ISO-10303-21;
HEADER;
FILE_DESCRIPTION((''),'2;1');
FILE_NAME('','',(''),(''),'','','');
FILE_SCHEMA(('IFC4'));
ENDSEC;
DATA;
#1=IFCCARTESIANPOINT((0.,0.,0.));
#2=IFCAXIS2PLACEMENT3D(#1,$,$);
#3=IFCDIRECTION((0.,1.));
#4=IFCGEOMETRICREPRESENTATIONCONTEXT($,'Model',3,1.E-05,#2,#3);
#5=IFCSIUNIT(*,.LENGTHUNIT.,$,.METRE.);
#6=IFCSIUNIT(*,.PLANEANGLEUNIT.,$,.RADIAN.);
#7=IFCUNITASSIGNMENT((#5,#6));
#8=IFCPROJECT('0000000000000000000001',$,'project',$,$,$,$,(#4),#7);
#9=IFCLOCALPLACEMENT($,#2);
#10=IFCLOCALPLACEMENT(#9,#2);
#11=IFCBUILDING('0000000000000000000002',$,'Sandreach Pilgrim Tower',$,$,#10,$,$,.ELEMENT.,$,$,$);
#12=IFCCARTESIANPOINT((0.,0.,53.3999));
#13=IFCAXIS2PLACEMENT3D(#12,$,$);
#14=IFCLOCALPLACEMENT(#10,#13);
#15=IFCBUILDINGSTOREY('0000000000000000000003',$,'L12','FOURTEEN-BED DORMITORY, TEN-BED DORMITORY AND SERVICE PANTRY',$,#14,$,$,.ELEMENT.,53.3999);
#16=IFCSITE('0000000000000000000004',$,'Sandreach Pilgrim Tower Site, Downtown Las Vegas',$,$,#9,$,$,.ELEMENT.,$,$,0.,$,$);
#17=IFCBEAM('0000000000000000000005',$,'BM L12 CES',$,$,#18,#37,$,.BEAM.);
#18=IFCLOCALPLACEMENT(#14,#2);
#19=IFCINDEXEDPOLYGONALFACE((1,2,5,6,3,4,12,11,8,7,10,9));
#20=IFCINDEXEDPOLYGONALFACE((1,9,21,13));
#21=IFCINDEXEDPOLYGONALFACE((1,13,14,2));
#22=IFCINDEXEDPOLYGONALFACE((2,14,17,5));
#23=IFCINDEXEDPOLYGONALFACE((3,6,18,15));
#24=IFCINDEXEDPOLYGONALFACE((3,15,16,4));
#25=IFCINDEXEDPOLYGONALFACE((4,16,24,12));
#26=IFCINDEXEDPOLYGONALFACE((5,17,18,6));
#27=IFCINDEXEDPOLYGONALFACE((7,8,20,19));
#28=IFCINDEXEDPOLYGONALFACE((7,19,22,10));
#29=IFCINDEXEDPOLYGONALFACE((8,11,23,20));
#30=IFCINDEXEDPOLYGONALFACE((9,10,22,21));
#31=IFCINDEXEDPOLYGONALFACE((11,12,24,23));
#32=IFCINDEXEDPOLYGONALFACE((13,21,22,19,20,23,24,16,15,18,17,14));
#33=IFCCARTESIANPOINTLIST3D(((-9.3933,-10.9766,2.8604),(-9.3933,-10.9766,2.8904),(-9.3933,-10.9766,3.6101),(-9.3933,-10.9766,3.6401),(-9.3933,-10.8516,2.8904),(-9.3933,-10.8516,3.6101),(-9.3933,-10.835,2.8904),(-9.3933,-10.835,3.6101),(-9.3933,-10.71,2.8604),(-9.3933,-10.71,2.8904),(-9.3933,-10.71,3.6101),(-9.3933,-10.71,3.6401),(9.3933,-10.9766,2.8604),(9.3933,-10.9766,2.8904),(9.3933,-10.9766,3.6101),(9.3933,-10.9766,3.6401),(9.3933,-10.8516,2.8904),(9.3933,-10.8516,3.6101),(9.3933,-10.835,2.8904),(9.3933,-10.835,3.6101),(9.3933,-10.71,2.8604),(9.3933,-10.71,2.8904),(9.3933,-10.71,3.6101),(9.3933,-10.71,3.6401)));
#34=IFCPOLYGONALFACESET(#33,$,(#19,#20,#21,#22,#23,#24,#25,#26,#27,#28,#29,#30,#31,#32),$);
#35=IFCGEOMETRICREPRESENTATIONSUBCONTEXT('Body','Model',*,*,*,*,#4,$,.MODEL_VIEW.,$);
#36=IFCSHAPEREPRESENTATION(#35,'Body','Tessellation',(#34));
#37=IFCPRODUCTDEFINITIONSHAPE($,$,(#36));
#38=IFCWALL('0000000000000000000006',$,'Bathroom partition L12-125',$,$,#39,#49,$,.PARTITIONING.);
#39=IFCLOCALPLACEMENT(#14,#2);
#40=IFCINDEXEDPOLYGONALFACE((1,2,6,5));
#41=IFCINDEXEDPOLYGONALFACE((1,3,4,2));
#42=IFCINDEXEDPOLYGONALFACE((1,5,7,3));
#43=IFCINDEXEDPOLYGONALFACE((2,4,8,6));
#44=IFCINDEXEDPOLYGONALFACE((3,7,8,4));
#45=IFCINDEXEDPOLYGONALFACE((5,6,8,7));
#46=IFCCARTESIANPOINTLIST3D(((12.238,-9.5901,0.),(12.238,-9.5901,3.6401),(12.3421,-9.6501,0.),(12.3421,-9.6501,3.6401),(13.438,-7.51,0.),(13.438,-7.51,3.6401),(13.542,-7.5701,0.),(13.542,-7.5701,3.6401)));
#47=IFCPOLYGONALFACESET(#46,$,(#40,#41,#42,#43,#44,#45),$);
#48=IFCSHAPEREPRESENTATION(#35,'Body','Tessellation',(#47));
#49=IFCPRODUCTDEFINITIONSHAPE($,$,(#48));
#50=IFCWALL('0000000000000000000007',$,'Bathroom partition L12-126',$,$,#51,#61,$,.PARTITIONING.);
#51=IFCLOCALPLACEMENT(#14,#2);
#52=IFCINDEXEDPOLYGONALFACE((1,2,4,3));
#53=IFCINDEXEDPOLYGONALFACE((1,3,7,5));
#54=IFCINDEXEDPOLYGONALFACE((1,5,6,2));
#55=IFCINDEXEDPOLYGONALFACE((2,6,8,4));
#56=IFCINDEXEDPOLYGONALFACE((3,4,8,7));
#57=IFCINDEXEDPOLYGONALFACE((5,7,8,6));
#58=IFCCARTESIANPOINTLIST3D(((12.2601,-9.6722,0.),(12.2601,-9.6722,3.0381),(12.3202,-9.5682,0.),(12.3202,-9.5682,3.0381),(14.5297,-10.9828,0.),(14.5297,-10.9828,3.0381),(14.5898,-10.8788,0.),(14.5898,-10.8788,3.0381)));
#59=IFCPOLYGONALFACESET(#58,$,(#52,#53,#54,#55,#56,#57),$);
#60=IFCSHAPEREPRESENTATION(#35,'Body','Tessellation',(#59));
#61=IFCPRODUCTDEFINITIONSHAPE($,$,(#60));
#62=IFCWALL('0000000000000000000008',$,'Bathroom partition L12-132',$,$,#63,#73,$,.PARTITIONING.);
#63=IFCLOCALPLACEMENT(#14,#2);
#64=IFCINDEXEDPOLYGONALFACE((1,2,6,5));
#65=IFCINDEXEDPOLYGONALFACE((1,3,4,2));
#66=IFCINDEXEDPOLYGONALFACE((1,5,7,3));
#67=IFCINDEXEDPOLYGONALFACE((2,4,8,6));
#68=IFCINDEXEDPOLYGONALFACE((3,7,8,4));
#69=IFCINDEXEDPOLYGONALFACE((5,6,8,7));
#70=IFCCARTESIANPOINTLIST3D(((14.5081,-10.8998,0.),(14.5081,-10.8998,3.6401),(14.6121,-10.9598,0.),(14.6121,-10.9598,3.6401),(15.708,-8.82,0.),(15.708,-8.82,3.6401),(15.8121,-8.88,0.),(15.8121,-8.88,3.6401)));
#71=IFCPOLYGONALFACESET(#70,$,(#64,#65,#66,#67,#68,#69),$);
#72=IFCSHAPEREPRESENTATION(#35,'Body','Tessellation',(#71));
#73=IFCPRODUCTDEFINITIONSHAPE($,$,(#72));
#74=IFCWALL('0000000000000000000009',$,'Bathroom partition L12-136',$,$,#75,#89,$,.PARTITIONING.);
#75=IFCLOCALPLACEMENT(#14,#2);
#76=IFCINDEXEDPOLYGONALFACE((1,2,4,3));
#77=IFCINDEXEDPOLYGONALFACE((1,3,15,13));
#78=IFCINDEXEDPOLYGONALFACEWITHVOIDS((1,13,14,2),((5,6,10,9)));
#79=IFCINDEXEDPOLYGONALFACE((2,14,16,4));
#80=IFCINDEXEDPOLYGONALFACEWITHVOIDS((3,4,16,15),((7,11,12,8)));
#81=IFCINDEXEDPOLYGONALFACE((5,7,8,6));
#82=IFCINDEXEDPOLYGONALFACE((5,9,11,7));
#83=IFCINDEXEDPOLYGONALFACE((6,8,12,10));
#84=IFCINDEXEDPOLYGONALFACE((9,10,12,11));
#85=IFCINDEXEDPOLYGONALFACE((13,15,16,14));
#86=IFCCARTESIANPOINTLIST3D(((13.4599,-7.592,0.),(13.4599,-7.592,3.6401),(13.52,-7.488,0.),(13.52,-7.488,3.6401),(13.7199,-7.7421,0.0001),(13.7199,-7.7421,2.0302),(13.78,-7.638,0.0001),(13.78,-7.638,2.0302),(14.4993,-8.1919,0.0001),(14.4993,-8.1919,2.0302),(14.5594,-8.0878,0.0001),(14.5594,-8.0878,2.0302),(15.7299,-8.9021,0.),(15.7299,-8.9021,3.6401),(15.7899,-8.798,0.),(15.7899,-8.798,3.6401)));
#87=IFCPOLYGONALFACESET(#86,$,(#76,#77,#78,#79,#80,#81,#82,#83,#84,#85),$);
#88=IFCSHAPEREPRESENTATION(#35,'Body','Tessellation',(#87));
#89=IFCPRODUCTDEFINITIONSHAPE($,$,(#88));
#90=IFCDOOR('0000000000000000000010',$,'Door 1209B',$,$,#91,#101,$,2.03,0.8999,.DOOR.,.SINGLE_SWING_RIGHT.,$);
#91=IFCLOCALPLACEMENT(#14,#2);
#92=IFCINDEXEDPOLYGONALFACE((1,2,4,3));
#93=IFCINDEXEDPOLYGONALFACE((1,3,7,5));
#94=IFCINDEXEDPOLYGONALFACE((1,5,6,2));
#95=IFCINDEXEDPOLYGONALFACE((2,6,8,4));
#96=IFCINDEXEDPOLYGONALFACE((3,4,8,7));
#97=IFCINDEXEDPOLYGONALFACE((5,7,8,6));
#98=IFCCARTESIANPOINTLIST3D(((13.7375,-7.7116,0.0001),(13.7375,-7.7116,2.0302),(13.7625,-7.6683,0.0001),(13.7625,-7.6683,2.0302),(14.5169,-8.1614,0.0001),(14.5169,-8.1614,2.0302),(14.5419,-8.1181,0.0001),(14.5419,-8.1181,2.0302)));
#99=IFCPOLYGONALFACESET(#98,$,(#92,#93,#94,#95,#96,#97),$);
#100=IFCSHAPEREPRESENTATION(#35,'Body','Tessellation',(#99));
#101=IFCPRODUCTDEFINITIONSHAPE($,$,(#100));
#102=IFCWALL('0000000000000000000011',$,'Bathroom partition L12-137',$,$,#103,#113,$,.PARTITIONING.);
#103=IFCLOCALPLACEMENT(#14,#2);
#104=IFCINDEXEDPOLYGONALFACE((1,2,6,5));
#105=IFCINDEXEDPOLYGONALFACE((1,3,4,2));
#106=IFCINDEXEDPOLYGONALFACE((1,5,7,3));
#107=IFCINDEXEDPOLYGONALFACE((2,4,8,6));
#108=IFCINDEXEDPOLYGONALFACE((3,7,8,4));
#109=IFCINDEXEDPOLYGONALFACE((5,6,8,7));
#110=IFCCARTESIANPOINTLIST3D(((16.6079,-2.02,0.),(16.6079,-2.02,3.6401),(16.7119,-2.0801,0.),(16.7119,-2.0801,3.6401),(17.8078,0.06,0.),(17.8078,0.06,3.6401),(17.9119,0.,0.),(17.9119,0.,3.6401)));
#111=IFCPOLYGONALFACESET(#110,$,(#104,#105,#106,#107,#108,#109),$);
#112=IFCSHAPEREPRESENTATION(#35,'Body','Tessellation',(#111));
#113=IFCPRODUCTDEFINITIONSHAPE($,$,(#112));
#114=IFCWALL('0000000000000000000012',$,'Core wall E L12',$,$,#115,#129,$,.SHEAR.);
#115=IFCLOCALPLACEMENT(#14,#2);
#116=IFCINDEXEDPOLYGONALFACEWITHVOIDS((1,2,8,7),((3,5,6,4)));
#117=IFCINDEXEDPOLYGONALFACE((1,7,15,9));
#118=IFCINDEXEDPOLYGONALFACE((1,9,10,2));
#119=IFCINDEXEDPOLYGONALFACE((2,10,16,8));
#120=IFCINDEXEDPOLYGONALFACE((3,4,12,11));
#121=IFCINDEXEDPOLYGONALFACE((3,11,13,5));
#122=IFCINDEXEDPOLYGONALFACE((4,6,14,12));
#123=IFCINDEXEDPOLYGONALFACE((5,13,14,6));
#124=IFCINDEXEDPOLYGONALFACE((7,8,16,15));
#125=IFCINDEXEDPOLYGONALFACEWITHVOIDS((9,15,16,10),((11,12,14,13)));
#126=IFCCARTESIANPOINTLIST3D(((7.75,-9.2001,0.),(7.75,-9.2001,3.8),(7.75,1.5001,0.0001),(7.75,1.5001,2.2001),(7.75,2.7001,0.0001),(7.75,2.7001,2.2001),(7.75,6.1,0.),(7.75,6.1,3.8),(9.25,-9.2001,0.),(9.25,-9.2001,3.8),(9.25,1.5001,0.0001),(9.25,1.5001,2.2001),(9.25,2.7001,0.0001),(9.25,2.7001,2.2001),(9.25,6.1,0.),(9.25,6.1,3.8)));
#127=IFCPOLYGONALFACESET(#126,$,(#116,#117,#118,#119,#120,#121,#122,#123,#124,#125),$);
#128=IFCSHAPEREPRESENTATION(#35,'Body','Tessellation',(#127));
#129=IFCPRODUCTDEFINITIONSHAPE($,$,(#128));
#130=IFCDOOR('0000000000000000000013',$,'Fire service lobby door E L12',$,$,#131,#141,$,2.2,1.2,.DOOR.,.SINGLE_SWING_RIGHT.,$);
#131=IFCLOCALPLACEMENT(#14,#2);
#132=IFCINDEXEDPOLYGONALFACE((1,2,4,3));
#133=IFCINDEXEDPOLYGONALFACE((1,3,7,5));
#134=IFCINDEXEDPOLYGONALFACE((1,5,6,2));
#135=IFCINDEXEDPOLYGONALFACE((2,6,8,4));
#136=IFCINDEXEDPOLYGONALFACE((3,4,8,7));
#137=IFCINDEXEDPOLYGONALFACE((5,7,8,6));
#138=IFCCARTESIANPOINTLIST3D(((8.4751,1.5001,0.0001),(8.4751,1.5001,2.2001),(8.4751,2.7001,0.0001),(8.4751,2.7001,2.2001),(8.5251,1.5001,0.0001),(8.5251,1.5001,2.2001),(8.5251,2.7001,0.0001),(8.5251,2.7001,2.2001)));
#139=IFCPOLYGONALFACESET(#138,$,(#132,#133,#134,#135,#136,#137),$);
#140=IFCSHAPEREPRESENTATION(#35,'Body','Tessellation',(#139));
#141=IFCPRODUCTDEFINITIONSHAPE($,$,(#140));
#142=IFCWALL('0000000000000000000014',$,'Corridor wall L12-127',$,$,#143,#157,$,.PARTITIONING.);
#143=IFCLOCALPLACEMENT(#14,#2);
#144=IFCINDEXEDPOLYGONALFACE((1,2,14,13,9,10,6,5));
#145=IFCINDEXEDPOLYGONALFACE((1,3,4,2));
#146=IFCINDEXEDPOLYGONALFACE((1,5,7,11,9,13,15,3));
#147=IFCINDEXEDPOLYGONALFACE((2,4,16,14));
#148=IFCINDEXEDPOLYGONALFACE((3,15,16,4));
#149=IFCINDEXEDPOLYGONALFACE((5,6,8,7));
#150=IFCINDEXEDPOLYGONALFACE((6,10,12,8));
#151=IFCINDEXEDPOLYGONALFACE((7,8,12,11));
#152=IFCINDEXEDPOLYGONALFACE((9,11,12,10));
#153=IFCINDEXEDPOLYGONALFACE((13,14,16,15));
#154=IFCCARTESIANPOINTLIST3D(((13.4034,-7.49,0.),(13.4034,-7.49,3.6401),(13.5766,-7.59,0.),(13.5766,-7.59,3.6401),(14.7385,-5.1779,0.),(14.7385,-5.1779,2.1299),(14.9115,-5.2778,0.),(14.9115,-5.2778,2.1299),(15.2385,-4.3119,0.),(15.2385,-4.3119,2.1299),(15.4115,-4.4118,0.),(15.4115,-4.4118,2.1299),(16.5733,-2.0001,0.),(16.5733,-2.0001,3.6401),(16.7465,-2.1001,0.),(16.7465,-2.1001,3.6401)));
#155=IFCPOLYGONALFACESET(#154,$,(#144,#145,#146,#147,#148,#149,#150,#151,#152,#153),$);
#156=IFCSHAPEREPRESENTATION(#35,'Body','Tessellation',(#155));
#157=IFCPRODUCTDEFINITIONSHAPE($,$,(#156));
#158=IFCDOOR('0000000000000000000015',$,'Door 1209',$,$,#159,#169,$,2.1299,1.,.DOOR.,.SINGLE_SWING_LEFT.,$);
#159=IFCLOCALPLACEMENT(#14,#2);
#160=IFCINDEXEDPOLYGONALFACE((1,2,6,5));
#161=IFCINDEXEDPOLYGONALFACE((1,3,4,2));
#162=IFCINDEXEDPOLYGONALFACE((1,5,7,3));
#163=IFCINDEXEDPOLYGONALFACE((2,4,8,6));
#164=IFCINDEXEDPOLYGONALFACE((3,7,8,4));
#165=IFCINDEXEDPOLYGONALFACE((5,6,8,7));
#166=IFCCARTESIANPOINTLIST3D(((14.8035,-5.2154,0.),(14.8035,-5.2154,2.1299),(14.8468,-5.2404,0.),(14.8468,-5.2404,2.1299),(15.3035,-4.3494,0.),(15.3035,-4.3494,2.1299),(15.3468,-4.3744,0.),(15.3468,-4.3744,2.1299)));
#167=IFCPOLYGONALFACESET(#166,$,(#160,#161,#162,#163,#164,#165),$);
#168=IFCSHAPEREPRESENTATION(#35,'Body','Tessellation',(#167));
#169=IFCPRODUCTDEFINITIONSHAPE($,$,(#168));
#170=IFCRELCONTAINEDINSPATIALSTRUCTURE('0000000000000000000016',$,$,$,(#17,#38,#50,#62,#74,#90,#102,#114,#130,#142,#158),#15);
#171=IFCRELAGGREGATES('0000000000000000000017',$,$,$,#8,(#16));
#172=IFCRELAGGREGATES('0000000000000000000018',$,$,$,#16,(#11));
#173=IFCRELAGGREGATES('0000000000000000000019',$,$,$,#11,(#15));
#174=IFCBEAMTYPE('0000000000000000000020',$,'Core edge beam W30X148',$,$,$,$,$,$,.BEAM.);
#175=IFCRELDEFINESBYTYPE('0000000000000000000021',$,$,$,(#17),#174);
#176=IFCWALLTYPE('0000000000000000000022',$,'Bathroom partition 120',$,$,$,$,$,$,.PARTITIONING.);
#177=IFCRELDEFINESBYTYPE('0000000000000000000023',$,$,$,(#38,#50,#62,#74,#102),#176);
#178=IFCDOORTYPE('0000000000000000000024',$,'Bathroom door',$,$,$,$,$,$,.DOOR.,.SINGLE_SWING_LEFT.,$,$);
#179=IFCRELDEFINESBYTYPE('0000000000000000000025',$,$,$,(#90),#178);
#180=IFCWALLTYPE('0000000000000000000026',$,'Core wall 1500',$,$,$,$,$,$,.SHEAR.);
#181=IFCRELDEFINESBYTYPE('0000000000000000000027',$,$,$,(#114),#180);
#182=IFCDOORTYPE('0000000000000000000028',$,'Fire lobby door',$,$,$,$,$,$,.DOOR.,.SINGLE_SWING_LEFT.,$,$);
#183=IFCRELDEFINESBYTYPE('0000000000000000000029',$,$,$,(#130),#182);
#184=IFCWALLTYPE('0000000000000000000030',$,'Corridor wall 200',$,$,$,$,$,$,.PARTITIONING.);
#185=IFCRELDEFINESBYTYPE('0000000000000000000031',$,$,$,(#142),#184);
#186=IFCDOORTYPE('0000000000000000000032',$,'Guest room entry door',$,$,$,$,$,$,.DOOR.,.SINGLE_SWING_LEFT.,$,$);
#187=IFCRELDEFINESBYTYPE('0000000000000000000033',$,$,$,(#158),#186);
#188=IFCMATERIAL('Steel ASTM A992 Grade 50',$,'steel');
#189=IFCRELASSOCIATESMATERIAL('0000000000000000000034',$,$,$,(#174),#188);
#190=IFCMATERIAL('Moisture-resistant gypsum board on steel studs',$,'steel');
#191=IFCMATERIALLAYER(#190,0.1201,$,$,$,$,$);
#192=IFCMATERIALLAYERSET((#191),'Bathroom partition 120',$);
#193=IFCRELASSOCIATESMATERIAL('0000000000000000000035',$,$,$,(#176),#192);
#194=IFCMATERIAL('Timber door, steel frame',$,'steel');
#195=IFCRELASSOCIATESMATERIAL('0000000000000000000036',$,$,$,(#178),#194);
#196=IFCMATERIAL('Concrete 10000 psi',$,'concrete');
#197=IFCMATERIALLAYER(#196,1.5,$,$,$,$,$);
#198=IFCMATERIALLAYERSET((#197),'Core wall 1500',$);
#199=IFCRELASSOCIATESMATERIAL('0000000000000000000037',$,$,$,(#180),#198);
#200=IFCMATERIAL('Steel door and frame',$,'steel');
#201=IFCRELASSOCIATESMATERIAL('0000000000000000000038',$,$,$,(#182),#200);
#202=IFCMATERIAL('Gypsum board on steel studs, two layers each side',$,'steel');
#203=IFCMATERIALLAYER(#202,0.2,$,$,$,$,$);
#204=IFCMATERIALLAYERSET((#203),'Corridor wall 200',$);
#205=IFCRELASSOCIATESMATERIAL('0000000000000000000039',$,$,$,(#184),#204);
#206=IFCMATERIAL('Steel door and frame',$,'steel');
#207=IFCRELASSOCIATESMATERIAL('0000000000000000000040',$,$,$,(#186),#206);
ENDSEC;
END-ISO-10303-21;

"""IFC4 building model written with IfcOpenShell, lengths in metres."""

from ifc_helpers import new_model, si_unit, direction, frame, frame_2d, origin, origin_2d, place, context, subcontext, project, spatial, rectangle, i_section, extrude, material, layer, layer_set, material_profile, profile_set, type_object, element, fill, save


model = new_model("IFC4")

# Units and contexts
model_context = context("Model", 3, precision=1e-05, world=origin(), true_north=direction((0.0, 1.0)))
body_context = subcontext(model_context, "Body", "Model", "MODEL_VIEW")
ifc_project = project(units=[si_unit("LENGTHUNIT", "METRE"), si_unit("PLANEANGLEUNIT", "RADIAN")], contexts=[model_context])

# Site, building, storey
site_placement = place(None, origin())
site = spatial("IfcSite", under=ifc_project, at=site_placement, Name="Sandreach Pilgrim Tower Site, Downtown Las Vegas", CompositionType="ELEMENT", RefElevation=0.0)
building_placement = place(site_placement, origin())
building = spatial("IfcBuilding", under=site, at=building_placement, Name="Sandreach Pilgrim Tower", CompositionType="ELEMENT")
storey_placement = place(building_placement, frame((0.0, 0.0, 53.3999)))
storey = spatial("IfcBuildingStorey", under=building, at=storey_placement, Name="L12", Description="FOURTEEN-BED DORMITORY, TEN-BED DORMITORY AND SERVICE PANTRY", CompositionType="ELEMENT", Elevation=53.3999)

# Beam
ifc_material_1 = material(Name="Steel ASTM A992 Grade 50", Category="steel")
ifc_material_profile = material_profile(ifc_material_1, i_section(OverallWidth=0.2666, OverallDepth=0.7798, WebThickness=0.0166, FlangeThickness=0.03, at=origin_2d()), Name="W30X148")
ifc_profile_set = profile_set([ifc_material_profile], Name="Steel ASTM A992 Grade 50")
beam_type = type_object("IfcBeamType", Name="Core edge beam W30X148", PredefinedType="BEAM", material=ifc_profile_set)
beam_placement = place(storey_placement, frame((9.3933, -10.8433, 3.2502), z_axis=(-1.0, 0.0, 0.0), x_axis=(0.0, -1.0, 0.0)))
element("IfcBeam", 1, at=beam_placement, inside=storey, type_object=beam_type, Name="BM L12 CES", PredefinedType="BEAM", context=body_context, shape_type="SweptSolid", body=[
    extrude(i_section(OverallWidth=0.2666, OverallDepth=0.7798, WebThickness=0.0166, FlangeThickness=0.03, at=origin_2d()), origin(), (0.0, 0.0, 1.0), 18.7866),
])

# Walls
ifc_material_2 = material(Name="Moisture-resistant gypsum board on steel studs", Category="steel")
ifc_layer_1 = layer(ifc_material_2, 0.1201)
ifc_layer_set_1 = layer_set([ifc_layer_1], Name="Bathroom partition 120")
wall_type_1 = type_object("IfcWallType", Name="Bathroom partition 120", PredefinedType="PARTITIONING", material=ifc_layer_set_1)
wall_1_placement = place(storey_placement, frame((12.29, -9.6201, 0.0), z_axis=(0.0, 0.0, 1.0), x_axis=(0.499693, 0.866203, 0.0)))
element("IfcWall", 2, at=wall_1_placement, inside=storey, type_object=wall_type_1, Name="Bathroom partition L12-125", PredefinedType="PARTITIONING", context=body_context, shape_type="SweptSolid", body=[
    extrude(rectangle(XDim=2.4014, YDim=0.1201, at=frame_2d((1.2007, 0.0))), origin(), (0.0, 0.0, 1.0), 3.6401),
])
wall_2_placement = place(storey_placement, frame((12.29, -9.6201, 0.0), z_axis=(0.0, 0.0, 1.0), x_axis=(0.865987, -0.500067, 0.0)))
element("IfcWall", 3, at=wall_2_placement, inside=storey, type_object=wall_type_1, Name="Bathroom partition L12-126", PredefinedType="PARTITIONING", context=body_context, shape_type="SweptSolid", body=[
    extrude(rectangle(XDim=2.6208, YDim=0.1201, at=frame_2d((1.3105, 0.0))), origin(), (0.0, 0.0, 1.0), 3.0381),
])
wall_3_placement = place(storey_placement, frame((14.5601, -10.9299, 0.0), z_axis=(0.0, 0.0, 1.0), x_axis=(0.499737, 0.866177, 0.0)))
element("IfcWall", 4, at=wall_3_placement, inside=storey, type_object=wall_type_1, Name="Bathroom partition L12-132", PredefinedType="PARTITIONING", context=body_context, shape_type="SweptSolid", body=[
    extrude(rectangle(XDim=2.4011, YDim=0.1201, at=frame_2d((1.2007, 0.0))), origin(), (0.0, 0.0, 1.0), 3.6401),
])

# Wall, opening, door
wall_4_placement = place(storey_placement, frame((15.76, -8.8501, 0.0), z_axis=(0.0, 0.0, 1.0), x_axis=(-0.866114, 0.499846, 0.0)))
wall_4 = element("IfcWall", 5, at=wall_4_placement, inside=storey, type_object=wall_type_1, Name="Bathroom partition L12-136", PredefinedType="PARTITIONING", context=body_context, shape_type="SweptSolid", body=[
    extrude(rectangle(XDim=2.6208, YDim=0.1201, at=frame_2d((1.3105, 0.0))), origin(), (0.0, 0.0, 1.0), 3.6401),
])
opening_1_placement = place(wall_4_placement, frame((1.4209, 0.0, 0.0)))
opening_1 = element("IfcOpeningElement", 6, at=opening_1_placement, cuts=wall_4, PredefinedType="OPENING", context=body_context, shape_type="SweptSolid", body=[
    extrude(rectangle(XDim=0.8999, YDim=2.03, at=frame_2d((0.45, 1.0151))), frame((0.0, 0.0601, 0.0), z_axis=(0.0, -1.0, 0.0), x_axis=(1.0, 0.0, 0.0)), (0.0, 0.0, 1.0), 0.1201),
])
ifc_material_3 = material(Name="Timber door, steel frame", Category="steel")
door_type_1 = type_object("IfcDoorType", Name="Bathroom door", OperationType="SINGLE_SWING_LEFT", PredefinedType="DOOR", material=ifc_material_3)
door_1_placement = place(opening_1_placement, origin())
door_1 = element("IfcDoor", 7, at=door_1_placement, inside=storey, type_object=door_type_1, Name="Door 1209B", OperationType="SINGLE_SWING_RIGHT", OverallHeight=2.03, OverallWidth=0.8999, PredefinedType="DOOR", context=body_context, shape_type="SweptSolid", body=[
    extrude(rectangle(XDim=0.8999, YDim=2.03, at=frame_2d((0.45, 1.0151))), frame((0.0, 0.0249, 0.0), z_axis=(0.0, -1.0, 0.0), x_axis=(1.0, 0.0, 0.0)), (0.0, 0.0, 1.0), 0.05),
])
fill(opening_1, door_1)

# Wall
wall_5_placement = place(storey_placement, frame((16.6599, -2.05, 0.0), z_axis=(0.0, 0.0, 1.0), x_axis=(0.499693, 0.866203, 0.0)))
element("IfcWall", 8, at=wall_5_placement, inside=storey, type_object=wall_type_1, Name="Bathroom partition L12-137", PredefinedType="PARTITIONING", context=body_context, shape_type="SweptSolid", body=[
    extrude(rectangle(XDim=2.4014, YDim=0.1201, at=frame_2d((1.2007, 0.0))), origin(), (0.0, 0.0, 1.0), 3.6401),
])

# Walls, openings, doors
ifc_material_4 = material(Name="Concrete 10000 psi", Category="concrete")
ifc_layer_2 = layer(ifc_material_4, 1.5)
ifc_layer_set_2 = layer_set([ifc_layer_2], Name="Core wall 1500")
wall_type_2 = type_object("IfcWallType", Name="Core wall 1500", PredefinedType="SHEAR", material=ifc_layer_set_2)
wall_6_placement = place(storey_placement, frame((8.5, -9.2, 0.0), z_axis=(0.0, 0.0, 1.0), x_axis=(0.0, 1.0, 0.0)))
wall_6 = element("IfcWall", 9, at=wall_6_placement, inside=storey, type_object=wall_type_2, Name="Core wall E L12", PredefinedType="SHEAR", context=body_context, shape_type="SweptSolid", body=[
    extrude(rectangle(XDim=15.3, YDim=1.5, at=frame_2d((7.6499, 0.0))), origin(), (0.0, 0.0, 1.0), 3.8),
])
opening_2_placement = place(wall_6_placement, frame((10.7, 0.0, 0.0)))
opening_2 = element("IfcOpeningElement", 10, at=opening_2_placement, cuts=wall_6, PredefinedType="OPENING", context=body_context, shape_type="SweptSolid", body=[
    extrude(rectangle(XDim=1.2, YDim=2.2, at=frame_2d((0.6001, 1.1001))), frame((0.0, 0.75, 0.0), z_axis=(0.0, -1.0, 0.0), x_axis=(1.0, 0.0, 0.0)), (0.0, 0.0, 1.0), 1.5),
])
ifc_material_5 = material(Name="Steel door and frame", Category="steel")
door_type_2 = type_object("IfcDoorType", Name="Fire lobby door", OperationType="SINGLE_SWING_LEFT", PredefinedType="DOOR", material=ifc_material_5)
door_2_placement = place(opening_2_placement, origin())
door_2 = element("IfcDoor", 11, at=door_2_placement, inside=storey, type_object=door_type_2, Name="Fire service lobby door E L12", OperationType="SINGLE_SWING_RIGHT", OverallHeight=2.2, OverallWidth=1.2, PredefinedType="DOOR", context=body_context, shape_type="SweptSolid", body=[
    extrude(rectangle(XDim=1.2, YDim=2.2, at=frame_2d((0.6001, 1.1001))), frame((0.0, 0.0249, 0.0), z_axis=(0.0, -1.0, 0.0), x_axis=(1.0, 0.0, 0.0)), (0.0, 0.0, 1.0), 0.05),
])
fill(opening_2, door_2)
ifc_material_6 = material(Name="Gypsum board on steel studs, two layers each side", Category="steel")
ifc_layer_3 = layer(ifc_material_6, 0.2)
ifc_layer_set_3 = layer_set([ifc_layer_3], Name="Corridor wall 200")
wall_type_3 = type_object("IfcWallType", Name="Corridor wall 200", PredefinedType="PARTITIONING", material=ifc_layer_set_3)
wall_7_placement = place(storey_placement, frame((13.49, -7.54, 0.0), z_axis=(0.0, 0.0, 1.0), x_axis=(0.500032, 0.866007, 0.0)))
wall_7 = element("IfcWall", 12, at=wall_7_placement, inside=storey, type_object=wall_type_3, Name="Corridor wall L12-127", PredefinedType="PARTITIONING", context=body_context, shape_type="SweptSolid", body=[
    extrude(rectangle(XDim=6.3394, YDim=0.2, at=frame_2d((3.1697, 0.0))), origin(), (0.0, 0.0, 1.0), 3.6401),
])
opening_3_placement = place(wall_7_placement, frame((2.6699, 0.0, 0.0)))
opening_3 = element("IfcOpeningElement", 13, at=opening_3_placement, cuts=wall_7, PredefinedType="OPENING", context=body_context, shape_type="SweptSolid", body=[
    extrude(rectangle(XDim=1.0, YDim=2.1299, at=frame_2d((0.5, 1.0649))), frame((0.0, 0.1001, 0.0), z_axis=(0.0, -1.0, 0.0), x_axis=(1.0, 0.0, 0.0)), (0.0, 0.0, 1.0), 0.2),
])
ifc_material_7 = material(Name="Steel door and frame", Category="steel")
door_type_3 = type_object("IfcDoorType", Name="Guest room entry door", OperationType="SINGLE_SWING_LEFT", PredefinedType="DOOR", material=ifc_material_7)
door_3_placement = place(opening_3_placement, origin())
door_3 = element("IfcDoor", 14, at=door_3_placement, inside=storey, type_object=door_type_3, Name="Door 1209", OperationType="SINGLE_SWING_LEFT", OverallHeight=2.1299, OverallWidth=1.0, PredefinedType="DOOR", context=body_context, shape_type="SweptSolid", body=[
    extrude(rectangle(XDim=1.0, YDim=2.1299, at=frame_2d((0.5, 1.0649))), frame((0.0, 0.0249, 0.0), z_axis=(0.0, -1.0, 0.0), x_axis=(1.0, 0.0, 0.0)), (0.0, 0.0, 1.0), 0.05),
])
fill(opening_3, door_3)

save(model, "model.ifc")
